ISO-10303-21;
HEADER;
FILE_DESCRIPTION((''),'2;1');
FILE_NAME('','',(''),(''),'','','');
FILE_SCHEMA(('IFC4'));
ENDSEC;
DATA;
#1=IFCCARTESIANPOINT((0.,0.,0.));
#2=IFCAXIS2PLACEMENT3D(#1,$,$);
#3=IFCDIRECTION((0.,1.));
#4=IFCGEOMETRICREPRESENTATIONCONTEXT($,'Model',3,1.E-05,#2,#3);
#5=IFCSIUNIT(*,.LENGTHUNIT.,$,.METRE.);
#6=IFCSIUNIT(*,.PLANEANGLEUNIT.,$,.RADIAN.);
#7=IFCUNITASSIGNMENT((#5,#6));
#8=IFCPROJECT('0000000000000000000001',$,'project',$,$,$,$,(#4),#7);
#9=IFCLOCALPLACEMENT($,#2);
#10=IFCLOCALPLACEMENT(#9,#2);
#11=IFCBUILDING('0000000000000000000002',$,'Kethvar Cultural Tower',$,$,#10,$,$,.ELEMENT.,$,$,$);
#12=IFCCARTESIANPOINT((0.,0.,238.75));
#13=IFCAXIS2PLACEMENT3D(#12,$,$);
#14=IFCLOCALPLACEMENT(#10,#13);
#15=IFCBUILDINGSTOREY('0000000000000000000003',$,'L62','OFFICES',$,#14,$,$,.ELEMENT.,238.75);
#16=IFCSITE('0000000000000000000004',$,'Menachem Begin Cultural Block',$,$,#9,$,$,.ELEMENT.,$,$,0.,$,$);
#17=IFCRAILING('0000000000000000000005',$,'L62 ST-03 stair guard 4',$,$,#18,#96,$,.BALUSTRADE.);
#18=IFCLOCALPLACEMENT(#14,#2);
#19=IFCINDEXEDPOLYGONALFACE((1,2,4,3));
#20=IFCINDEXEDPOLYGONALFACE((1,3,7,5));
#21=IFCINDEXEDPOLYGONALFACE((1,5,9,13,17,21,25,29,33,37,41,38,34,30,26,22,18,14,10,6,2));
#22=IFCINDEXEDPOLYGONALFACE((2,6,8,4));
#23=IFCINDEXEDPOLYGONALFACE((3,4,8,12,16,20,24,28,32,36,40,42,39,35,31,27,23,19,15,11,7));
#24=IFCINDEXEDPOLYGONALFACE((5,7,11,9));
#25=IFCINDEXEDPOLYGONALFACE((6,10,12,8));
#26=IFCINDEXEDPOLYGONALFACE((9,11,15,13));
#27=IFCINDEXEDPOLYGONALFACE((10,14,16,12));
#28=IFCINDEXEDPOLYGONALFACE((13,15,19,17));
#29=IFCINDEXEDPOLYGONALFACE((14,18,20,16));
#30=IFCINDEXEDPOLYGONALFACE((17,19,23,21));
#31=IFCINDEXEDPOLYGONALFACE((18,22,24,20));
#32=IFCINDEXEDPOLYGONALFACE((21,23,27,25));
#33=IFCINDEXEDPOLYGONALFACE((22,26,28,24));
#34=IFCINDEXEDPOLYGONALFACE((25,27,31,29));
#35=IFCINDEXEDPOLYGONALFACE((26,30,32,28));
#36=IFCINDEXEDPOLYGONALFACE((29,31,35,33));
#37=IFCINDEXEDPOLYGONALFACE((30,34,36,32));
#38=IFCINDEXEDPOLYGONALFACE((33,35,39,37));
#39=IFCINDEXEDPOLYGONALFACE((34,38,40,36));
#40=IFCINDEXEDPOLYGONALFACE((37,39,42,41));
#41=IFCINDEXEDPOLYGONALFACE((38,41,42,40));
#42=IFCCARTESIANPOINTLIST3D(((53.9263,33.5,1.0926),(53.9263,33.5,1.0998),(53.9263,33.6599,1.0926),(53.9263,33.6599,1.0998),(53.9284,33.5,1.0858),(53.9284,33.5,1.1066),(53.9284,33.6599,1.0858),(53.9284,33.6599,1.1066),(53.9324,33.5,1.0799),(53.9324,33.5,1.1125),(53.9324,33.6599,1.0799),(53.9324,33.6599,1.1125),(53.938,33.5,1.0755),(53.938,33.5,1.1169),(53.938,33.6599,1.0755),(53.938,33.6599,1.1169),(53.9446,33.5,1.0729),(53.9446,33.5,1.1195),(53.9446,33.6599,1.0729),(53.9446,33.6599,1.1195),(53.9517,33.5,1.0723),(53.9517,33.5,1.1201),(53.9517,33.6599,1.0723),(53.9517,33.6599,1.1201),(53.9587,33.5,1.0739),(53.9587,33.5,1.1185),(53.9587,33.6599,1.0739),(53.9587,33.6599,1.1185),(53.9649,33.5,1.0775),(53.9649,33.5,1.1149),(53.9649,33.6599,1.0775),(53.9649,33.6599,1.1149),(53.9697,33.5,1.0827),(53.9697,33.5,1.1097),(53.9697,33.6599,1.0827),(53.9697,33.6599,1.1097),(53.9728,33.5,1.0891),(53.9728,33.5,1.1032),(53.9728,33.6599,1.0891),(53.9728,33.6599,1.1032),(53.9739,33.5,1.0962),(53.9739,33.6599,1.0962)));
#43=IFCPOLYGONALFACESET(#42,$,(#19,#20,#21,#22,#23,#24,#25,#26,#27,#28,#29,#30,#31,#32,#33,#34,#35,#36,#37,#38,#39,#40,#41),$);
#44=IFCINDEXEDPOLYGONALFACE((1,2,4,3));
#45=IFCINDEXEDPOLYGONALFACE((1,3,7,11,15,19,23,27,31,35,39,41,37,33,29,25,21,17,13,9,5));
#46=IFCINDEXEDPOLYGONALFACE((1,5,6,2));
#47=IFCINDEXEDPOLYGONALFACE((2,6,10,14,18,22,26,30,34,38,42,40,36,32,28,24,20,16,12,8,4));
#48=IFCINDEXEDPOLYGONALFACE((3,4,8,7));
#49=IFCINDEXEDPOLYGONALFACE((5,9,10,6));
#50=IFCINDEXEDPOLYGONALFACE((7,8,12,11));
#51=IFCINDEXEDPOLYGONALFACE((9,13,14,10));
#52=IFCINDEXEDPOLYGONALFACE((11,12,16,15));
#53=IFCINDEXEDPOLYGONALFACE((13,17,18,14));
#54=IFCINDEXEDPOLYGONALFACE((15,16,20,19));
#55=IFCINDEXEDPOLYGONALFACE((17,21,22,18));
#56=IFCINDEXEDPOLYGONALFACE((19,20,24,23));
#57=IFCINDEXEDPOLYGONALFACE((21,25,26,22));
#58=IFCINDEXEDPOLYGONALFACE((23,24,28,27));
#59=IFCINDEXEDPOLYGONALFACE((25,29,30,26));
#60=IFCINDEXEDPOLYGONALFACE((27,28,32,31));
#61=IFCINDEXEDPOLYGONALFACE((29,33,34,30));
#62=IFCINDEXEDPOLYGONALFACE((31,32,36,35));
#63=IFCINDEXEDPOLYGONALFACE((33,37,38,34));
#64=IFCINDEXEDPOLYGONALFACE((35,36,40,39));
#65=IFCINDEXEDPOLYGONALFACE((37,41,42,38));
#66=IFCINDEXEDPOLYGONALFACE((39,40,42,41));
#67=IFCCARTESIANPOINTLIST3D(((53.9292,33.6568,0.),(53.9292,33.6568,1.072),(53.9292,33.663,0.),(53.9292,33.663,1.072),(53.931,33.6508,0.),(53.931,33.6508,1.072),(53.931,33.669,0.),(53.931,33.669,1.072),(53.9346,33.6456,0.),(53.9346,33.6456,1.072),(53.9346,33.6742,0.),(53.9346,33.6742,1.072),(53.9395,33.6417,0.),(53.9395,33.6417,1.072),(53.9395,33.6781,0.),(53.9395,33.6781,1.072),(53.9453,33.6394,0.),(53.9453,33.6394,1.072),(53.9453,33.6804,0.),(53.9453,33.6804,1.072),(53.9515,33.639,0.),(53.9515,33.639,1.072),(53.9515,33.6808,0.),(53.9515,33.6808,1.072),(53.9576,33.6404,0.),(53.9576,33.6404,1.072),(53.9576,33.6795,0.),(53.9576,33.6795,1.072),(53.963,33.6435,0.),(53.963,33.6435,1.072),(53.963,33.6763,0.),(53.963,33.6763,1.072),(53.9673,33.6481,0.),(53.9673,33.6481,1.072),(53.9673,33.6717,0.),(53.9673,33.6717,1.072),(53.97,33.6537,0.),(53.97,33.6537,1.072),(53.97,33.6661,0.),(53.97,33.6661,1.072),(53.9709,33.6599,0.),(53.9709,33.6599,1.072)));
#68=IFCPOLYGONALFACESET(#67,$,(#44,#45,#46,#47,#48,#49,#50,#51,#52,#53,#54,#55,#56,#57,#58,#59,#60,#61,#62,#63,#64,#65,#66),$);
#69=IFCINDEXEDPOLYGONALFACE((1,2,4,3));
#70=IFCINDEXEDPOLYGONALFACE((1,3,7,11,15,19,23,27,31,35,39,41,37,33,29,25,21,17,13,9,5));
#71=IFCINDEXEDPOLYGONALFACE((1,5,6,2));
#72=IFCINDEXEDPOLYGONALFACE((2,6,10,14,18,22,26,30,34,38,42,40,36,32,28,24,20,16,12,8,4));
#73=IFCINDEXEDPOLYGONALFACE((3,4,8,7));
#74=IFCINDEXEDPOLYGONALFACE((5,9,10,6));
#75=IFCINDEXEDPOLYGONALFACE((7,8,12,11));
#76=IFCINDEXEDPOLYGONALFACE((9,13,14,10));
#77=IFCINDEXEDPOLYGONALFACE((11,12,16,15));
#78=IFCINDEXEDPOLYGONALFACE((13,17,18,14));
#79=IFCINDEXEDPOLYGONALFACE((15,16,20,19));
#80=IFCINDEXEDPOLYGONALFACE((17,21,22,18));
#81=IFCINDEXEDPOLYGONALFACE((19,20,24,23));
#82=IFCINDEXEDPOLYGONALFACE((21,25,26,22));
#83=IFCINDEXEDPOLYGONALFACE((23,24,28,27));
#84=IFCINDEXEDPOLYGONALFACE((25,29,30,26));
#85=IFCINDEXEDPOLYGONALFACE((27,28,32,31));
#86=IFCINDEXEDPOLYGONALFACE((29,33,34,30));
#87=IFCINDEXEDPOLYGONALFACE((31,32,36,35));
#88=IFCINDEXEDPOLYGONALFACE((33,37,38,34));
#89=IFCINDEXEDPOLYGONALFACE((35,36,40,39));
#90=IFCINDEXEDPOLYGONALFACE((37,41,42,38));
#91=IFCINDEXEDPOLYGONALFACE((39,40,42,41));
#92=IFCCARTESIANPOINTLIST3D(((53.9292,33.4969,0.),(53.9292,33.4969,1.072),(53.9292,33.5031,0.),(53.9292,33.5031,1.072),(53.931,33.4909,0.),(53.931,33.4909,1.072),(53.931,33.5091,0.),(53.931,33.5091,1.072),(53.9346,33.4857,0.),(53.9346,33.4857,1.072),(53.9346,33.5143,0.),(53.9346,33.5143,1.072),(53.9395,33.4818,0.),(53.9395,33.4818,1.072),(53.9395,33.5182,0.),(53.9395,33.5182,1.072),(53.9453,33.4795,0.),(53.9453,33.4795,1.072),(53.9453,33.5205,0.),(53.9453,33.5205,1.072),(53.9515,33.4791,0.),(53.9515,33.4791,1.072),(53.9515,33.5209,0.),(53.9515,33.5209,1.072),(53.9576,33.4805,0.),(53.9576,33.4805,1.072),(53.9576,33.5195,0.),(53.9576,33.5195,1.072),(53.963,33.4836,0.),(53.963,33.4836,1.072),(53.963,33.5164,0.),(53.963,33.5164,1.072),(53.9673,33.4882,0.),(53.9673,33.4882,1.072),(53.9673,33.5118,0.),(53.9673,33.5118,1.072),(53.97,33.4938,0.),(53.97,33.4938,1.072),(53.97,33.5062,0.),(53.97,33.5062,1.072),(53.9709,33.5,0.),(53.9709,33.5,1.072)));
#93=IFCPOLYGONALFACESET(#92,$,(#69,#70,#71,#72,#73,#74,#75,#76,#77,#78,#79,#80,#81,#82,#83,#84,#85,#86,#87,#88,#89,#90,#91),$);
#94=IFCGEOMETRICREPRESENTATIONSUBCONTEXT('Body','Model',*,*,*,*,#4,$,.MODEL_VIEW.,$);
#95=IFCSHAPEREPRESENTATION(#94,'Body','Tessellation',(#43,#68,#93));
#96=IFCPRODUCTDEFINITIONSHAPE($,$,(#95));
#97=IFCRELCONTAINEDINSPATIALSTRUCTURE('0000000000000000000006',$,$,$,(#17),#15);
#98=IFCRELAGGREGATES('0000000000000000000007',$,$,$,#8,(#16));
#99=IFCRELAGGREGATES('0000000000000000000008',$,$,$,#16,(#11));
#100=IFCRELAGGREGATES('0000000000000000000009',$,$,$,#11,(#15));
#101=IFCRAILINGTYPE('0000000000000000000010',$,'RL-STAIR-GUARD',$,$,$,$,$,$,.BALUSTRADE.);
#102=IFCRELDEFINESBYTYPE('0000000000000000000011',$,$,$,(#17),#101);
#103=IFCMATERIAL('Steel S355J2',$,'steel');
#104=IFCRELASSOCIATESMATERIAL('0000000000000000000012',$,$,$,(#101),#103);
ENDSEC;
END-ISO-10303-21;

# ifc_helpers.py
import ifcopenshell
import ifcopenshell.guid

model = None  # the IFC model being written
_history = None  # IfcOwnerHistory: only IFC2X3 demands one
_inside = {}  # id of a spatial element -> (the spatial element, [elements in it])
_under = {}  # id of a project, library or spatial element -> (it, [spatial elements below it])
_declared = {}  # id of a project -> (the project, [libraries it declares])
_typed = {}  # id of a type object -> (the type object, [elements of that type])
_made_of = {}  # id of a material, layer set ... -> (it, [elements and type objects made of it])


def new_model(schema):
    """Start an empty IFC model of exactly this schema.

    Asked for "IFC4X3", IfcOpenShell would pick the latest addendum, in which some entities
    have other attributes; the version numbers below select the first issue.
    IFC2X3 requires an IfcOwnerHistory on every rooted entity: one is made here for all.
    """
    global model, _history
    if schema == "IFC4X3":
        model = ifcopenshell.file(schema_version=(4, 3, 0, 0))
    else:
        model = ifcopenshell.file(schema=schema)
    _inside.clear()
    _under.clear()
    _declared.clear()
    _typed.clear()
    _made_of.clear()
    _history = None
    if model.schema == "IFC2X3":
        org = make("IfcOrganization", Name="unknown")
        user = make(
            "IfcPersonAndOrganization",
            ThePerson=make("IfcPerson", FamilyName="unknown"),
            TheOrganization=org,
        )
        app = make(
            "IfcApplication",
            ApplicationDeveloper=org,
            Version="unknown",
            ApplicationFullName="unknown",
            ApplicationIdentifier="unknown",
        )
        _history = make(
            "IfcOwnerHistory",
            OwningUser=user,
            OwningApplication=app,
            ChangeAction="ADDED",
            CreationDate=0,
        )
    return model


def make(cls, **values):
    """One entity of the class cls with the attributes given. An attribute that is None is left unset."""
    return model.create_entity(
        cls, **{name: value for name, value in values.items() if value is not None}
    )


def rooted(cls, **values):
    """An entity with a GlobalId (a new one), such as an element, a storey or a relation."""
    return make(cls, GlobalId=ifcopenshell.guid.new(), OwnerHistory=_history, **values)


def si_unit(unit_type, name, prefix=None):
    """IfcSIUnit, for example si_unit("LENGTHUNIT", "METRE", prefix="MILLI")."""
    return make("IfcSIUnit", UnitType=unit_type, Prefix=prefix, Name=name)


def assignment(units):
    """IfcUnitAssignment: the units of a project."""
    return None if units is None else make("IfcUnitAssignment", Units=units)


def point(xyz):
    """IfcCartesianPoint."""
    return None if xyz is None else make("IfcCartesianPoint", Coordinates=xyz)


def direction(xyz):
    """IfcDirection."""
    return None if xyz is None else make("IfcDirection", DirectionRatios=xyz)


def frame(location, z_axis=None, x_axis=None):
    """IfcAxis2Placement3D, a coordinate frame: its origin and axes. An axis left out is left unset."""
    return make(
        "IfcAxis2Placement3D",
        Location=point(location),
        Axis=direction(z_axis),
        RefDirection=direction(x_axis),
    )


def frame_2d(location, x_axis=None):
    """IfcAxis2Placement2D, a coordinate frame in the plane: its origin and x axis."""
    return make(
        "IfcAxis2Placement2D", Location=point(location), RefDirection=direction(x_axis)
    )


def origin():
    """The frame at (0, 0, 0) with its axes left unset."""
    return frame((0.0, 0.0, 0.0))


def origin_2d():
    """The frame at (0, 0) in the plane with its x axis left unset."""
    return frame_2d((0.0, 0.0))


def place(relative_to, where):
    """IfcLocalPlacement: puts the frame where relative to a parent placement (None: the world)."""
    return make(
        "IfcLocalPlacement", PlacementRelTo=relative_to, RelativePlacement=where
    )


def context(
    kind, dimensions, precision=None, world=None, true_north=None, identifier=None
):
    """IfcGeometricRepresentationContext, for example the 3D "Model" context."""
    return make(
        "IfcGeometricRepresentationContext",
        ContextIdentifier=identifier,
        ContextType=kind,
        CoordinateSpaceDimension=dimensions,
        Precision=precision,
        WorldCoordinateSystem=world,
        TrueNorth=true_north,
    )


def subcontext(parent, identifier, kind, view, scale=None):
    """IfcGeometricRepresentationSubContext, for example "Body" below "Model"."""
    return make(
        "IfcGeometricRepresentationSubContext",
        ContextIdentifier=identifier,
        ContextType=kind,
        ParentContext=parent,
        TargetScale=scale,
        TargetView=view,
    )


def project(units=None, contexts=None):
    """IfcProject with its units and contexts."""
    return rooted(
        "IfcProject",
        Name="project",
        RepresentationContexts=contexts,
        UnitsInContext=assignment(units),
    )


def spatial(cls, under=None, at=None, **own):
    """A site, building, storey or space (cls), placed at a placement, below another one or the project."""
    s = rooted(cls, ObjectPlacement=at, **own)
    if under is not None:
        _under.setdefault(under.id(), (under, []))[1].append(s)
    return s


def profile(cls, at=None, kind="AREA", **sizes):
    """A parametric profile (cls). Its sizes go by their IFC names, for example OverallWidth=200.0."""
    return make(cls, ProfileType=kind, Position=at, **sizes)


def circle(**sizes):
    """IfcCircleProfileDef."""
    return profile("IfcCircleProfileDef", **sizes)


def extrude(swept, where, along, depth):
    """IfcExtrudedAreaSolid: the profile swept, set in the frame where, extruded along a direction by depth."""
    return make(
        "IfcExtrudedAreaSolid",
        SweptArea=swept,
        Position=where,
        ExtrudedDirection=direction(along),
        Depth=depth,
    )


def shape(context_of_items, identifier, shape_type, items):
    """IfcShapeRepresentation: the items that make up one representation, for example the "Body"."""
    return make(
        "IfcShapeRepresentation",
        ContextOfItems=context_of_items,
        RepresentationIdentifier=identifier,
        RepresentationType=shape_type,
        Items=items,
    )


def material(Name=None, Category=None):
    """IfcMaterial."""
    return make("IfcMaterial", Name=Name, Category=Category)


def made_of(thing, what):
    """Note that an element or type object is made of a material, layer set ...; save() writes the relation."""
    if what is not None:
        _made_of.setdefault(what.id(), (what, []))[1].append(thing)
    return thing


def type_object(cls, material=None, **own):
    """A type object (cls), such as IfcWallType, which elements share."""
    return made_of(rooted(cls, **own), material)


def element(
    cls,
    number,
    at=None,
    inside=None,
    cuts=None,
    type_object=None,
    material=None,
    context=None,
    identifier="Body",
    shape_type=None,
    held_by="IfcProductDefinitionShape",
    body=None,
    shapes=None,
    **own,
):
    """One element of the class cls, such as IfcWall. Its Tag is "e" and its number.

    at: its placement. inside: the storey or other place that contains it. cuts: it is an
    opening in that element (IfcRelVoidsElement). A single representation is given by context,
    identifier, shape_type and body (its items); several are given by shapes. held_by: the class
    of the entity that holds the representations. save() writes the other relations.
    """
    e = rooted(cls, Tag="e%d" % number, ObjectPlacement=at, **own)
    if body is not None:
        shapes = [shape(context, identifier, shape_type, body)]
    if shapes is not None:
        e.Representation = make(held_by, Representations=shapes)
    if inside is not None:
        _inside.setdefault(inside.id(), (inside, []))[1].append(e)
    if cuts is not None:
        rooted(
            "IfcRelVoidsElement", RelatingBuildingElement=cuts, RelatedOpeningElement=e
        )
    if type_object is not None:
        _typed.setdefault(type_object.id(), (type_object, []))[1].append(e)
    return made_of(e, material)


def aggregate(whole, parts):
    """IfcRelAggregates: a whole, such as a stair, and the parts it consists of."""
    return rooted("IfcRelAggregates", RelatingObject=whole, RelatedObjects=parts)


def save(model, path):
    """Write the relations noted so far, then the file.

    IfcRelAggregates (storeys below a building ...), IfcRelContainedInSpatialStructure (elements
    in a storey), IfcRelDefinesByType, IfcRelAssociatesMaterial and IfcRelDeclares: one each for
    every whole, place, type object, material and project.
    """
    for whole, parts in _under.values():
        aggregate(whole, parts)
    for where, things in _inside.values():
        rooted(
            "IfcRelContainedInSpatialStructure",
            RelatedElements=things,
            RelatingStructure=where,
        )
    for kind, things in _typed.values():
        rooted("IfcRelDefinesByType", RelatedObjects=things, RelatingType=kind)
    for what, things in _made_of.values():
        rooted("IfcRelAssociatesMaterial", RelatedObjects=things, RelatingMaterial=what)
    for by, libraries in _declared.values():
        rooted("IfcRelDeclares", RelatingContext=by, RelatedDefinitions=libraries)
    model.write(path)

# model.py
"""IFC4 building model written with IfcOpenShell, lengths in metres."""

from ifc_helpers import new_model, si_unit, direction, frame, origin, origin_2d, place, context, subcontext, project, spatial, circle, extrude, material, type_object, element, save


model = new_model("IFC4")

# Units and contexts
model_context = context("Model", 3, precision=1e-05, world=origin(), true_north=direction((0.0, 1.0)))
body_context = subcontext(model_context, "Body", "Model", "MODEL_VIEW")
ifc_project = project(units=[si_unit("LENGTHUNIT", "METRE"), si_unit("PLANEANGLEUNIT", "RADIAN")], contexts=[model_context])

# Site, building, storey
site_placement = place(None, origin())
site = spatial("IfcSite", under=ifc_project, at=site_placement, Name="Menachem Begin Cultural Block", CompositionType="ELEMENT", RefElevation=0.0)
building_placement = place(site_placement, origin())
building = spatial("IfcBuilding", under=site, at=building_placement, Name="Kethvar Cultural Tower", CompositionType="ELEMENT")
storey_placement = place(building_placement, frame((0.0, 0.0, 238.75)))
storey = spatial("IfcBuildingStorey", under=building, at=storey_placement, Name="L62", Description="OFFICES", CompositionType="ELEMENT", Elevation=238.75)

# Shared definitions
ifc_material_1 = material(Name="Steel S355J2", Category="steel")

# Railing
railing_type_1 = type_object("IfcRailingType", Name="RL-STAIR-GUARD", PredefinedType="BALUSTRADE", material=ifc_material_1)
railing_1_placement = place(storey_placement, frame((53.95, 33.6599, 0.0)))
element("IfcRailing", 1, at=railing_1_placement, inside=storey, type_object=railing_type_1, Name="L62 ST-03 stair guard 4", PredefinedType="BALUSTRADE", context=body_context, shape_type="SweptSolid", body=[
    extrude(circle(Radius=0.0239, at=origin_2d()), frame((0.0, 0.0, 1.0962), z_axis=(0.0, -1.0, 0.0), x_axis=(1.0, 0.0, 0.0)), (0.0, 0.0, 1.0), 0.1599),
    extrude(circle(Radius=0.021, at=origin_2d()), origin(), (0.0, 0.0, 1.0), 1.072),
    extrude(circle(Radius=0.021, at=origin_2d()), frame((0.0, -0.1599, 0.0)), (0.0, 0.0, 1.0), 1.072),
])

save(model, "model.ifc")
